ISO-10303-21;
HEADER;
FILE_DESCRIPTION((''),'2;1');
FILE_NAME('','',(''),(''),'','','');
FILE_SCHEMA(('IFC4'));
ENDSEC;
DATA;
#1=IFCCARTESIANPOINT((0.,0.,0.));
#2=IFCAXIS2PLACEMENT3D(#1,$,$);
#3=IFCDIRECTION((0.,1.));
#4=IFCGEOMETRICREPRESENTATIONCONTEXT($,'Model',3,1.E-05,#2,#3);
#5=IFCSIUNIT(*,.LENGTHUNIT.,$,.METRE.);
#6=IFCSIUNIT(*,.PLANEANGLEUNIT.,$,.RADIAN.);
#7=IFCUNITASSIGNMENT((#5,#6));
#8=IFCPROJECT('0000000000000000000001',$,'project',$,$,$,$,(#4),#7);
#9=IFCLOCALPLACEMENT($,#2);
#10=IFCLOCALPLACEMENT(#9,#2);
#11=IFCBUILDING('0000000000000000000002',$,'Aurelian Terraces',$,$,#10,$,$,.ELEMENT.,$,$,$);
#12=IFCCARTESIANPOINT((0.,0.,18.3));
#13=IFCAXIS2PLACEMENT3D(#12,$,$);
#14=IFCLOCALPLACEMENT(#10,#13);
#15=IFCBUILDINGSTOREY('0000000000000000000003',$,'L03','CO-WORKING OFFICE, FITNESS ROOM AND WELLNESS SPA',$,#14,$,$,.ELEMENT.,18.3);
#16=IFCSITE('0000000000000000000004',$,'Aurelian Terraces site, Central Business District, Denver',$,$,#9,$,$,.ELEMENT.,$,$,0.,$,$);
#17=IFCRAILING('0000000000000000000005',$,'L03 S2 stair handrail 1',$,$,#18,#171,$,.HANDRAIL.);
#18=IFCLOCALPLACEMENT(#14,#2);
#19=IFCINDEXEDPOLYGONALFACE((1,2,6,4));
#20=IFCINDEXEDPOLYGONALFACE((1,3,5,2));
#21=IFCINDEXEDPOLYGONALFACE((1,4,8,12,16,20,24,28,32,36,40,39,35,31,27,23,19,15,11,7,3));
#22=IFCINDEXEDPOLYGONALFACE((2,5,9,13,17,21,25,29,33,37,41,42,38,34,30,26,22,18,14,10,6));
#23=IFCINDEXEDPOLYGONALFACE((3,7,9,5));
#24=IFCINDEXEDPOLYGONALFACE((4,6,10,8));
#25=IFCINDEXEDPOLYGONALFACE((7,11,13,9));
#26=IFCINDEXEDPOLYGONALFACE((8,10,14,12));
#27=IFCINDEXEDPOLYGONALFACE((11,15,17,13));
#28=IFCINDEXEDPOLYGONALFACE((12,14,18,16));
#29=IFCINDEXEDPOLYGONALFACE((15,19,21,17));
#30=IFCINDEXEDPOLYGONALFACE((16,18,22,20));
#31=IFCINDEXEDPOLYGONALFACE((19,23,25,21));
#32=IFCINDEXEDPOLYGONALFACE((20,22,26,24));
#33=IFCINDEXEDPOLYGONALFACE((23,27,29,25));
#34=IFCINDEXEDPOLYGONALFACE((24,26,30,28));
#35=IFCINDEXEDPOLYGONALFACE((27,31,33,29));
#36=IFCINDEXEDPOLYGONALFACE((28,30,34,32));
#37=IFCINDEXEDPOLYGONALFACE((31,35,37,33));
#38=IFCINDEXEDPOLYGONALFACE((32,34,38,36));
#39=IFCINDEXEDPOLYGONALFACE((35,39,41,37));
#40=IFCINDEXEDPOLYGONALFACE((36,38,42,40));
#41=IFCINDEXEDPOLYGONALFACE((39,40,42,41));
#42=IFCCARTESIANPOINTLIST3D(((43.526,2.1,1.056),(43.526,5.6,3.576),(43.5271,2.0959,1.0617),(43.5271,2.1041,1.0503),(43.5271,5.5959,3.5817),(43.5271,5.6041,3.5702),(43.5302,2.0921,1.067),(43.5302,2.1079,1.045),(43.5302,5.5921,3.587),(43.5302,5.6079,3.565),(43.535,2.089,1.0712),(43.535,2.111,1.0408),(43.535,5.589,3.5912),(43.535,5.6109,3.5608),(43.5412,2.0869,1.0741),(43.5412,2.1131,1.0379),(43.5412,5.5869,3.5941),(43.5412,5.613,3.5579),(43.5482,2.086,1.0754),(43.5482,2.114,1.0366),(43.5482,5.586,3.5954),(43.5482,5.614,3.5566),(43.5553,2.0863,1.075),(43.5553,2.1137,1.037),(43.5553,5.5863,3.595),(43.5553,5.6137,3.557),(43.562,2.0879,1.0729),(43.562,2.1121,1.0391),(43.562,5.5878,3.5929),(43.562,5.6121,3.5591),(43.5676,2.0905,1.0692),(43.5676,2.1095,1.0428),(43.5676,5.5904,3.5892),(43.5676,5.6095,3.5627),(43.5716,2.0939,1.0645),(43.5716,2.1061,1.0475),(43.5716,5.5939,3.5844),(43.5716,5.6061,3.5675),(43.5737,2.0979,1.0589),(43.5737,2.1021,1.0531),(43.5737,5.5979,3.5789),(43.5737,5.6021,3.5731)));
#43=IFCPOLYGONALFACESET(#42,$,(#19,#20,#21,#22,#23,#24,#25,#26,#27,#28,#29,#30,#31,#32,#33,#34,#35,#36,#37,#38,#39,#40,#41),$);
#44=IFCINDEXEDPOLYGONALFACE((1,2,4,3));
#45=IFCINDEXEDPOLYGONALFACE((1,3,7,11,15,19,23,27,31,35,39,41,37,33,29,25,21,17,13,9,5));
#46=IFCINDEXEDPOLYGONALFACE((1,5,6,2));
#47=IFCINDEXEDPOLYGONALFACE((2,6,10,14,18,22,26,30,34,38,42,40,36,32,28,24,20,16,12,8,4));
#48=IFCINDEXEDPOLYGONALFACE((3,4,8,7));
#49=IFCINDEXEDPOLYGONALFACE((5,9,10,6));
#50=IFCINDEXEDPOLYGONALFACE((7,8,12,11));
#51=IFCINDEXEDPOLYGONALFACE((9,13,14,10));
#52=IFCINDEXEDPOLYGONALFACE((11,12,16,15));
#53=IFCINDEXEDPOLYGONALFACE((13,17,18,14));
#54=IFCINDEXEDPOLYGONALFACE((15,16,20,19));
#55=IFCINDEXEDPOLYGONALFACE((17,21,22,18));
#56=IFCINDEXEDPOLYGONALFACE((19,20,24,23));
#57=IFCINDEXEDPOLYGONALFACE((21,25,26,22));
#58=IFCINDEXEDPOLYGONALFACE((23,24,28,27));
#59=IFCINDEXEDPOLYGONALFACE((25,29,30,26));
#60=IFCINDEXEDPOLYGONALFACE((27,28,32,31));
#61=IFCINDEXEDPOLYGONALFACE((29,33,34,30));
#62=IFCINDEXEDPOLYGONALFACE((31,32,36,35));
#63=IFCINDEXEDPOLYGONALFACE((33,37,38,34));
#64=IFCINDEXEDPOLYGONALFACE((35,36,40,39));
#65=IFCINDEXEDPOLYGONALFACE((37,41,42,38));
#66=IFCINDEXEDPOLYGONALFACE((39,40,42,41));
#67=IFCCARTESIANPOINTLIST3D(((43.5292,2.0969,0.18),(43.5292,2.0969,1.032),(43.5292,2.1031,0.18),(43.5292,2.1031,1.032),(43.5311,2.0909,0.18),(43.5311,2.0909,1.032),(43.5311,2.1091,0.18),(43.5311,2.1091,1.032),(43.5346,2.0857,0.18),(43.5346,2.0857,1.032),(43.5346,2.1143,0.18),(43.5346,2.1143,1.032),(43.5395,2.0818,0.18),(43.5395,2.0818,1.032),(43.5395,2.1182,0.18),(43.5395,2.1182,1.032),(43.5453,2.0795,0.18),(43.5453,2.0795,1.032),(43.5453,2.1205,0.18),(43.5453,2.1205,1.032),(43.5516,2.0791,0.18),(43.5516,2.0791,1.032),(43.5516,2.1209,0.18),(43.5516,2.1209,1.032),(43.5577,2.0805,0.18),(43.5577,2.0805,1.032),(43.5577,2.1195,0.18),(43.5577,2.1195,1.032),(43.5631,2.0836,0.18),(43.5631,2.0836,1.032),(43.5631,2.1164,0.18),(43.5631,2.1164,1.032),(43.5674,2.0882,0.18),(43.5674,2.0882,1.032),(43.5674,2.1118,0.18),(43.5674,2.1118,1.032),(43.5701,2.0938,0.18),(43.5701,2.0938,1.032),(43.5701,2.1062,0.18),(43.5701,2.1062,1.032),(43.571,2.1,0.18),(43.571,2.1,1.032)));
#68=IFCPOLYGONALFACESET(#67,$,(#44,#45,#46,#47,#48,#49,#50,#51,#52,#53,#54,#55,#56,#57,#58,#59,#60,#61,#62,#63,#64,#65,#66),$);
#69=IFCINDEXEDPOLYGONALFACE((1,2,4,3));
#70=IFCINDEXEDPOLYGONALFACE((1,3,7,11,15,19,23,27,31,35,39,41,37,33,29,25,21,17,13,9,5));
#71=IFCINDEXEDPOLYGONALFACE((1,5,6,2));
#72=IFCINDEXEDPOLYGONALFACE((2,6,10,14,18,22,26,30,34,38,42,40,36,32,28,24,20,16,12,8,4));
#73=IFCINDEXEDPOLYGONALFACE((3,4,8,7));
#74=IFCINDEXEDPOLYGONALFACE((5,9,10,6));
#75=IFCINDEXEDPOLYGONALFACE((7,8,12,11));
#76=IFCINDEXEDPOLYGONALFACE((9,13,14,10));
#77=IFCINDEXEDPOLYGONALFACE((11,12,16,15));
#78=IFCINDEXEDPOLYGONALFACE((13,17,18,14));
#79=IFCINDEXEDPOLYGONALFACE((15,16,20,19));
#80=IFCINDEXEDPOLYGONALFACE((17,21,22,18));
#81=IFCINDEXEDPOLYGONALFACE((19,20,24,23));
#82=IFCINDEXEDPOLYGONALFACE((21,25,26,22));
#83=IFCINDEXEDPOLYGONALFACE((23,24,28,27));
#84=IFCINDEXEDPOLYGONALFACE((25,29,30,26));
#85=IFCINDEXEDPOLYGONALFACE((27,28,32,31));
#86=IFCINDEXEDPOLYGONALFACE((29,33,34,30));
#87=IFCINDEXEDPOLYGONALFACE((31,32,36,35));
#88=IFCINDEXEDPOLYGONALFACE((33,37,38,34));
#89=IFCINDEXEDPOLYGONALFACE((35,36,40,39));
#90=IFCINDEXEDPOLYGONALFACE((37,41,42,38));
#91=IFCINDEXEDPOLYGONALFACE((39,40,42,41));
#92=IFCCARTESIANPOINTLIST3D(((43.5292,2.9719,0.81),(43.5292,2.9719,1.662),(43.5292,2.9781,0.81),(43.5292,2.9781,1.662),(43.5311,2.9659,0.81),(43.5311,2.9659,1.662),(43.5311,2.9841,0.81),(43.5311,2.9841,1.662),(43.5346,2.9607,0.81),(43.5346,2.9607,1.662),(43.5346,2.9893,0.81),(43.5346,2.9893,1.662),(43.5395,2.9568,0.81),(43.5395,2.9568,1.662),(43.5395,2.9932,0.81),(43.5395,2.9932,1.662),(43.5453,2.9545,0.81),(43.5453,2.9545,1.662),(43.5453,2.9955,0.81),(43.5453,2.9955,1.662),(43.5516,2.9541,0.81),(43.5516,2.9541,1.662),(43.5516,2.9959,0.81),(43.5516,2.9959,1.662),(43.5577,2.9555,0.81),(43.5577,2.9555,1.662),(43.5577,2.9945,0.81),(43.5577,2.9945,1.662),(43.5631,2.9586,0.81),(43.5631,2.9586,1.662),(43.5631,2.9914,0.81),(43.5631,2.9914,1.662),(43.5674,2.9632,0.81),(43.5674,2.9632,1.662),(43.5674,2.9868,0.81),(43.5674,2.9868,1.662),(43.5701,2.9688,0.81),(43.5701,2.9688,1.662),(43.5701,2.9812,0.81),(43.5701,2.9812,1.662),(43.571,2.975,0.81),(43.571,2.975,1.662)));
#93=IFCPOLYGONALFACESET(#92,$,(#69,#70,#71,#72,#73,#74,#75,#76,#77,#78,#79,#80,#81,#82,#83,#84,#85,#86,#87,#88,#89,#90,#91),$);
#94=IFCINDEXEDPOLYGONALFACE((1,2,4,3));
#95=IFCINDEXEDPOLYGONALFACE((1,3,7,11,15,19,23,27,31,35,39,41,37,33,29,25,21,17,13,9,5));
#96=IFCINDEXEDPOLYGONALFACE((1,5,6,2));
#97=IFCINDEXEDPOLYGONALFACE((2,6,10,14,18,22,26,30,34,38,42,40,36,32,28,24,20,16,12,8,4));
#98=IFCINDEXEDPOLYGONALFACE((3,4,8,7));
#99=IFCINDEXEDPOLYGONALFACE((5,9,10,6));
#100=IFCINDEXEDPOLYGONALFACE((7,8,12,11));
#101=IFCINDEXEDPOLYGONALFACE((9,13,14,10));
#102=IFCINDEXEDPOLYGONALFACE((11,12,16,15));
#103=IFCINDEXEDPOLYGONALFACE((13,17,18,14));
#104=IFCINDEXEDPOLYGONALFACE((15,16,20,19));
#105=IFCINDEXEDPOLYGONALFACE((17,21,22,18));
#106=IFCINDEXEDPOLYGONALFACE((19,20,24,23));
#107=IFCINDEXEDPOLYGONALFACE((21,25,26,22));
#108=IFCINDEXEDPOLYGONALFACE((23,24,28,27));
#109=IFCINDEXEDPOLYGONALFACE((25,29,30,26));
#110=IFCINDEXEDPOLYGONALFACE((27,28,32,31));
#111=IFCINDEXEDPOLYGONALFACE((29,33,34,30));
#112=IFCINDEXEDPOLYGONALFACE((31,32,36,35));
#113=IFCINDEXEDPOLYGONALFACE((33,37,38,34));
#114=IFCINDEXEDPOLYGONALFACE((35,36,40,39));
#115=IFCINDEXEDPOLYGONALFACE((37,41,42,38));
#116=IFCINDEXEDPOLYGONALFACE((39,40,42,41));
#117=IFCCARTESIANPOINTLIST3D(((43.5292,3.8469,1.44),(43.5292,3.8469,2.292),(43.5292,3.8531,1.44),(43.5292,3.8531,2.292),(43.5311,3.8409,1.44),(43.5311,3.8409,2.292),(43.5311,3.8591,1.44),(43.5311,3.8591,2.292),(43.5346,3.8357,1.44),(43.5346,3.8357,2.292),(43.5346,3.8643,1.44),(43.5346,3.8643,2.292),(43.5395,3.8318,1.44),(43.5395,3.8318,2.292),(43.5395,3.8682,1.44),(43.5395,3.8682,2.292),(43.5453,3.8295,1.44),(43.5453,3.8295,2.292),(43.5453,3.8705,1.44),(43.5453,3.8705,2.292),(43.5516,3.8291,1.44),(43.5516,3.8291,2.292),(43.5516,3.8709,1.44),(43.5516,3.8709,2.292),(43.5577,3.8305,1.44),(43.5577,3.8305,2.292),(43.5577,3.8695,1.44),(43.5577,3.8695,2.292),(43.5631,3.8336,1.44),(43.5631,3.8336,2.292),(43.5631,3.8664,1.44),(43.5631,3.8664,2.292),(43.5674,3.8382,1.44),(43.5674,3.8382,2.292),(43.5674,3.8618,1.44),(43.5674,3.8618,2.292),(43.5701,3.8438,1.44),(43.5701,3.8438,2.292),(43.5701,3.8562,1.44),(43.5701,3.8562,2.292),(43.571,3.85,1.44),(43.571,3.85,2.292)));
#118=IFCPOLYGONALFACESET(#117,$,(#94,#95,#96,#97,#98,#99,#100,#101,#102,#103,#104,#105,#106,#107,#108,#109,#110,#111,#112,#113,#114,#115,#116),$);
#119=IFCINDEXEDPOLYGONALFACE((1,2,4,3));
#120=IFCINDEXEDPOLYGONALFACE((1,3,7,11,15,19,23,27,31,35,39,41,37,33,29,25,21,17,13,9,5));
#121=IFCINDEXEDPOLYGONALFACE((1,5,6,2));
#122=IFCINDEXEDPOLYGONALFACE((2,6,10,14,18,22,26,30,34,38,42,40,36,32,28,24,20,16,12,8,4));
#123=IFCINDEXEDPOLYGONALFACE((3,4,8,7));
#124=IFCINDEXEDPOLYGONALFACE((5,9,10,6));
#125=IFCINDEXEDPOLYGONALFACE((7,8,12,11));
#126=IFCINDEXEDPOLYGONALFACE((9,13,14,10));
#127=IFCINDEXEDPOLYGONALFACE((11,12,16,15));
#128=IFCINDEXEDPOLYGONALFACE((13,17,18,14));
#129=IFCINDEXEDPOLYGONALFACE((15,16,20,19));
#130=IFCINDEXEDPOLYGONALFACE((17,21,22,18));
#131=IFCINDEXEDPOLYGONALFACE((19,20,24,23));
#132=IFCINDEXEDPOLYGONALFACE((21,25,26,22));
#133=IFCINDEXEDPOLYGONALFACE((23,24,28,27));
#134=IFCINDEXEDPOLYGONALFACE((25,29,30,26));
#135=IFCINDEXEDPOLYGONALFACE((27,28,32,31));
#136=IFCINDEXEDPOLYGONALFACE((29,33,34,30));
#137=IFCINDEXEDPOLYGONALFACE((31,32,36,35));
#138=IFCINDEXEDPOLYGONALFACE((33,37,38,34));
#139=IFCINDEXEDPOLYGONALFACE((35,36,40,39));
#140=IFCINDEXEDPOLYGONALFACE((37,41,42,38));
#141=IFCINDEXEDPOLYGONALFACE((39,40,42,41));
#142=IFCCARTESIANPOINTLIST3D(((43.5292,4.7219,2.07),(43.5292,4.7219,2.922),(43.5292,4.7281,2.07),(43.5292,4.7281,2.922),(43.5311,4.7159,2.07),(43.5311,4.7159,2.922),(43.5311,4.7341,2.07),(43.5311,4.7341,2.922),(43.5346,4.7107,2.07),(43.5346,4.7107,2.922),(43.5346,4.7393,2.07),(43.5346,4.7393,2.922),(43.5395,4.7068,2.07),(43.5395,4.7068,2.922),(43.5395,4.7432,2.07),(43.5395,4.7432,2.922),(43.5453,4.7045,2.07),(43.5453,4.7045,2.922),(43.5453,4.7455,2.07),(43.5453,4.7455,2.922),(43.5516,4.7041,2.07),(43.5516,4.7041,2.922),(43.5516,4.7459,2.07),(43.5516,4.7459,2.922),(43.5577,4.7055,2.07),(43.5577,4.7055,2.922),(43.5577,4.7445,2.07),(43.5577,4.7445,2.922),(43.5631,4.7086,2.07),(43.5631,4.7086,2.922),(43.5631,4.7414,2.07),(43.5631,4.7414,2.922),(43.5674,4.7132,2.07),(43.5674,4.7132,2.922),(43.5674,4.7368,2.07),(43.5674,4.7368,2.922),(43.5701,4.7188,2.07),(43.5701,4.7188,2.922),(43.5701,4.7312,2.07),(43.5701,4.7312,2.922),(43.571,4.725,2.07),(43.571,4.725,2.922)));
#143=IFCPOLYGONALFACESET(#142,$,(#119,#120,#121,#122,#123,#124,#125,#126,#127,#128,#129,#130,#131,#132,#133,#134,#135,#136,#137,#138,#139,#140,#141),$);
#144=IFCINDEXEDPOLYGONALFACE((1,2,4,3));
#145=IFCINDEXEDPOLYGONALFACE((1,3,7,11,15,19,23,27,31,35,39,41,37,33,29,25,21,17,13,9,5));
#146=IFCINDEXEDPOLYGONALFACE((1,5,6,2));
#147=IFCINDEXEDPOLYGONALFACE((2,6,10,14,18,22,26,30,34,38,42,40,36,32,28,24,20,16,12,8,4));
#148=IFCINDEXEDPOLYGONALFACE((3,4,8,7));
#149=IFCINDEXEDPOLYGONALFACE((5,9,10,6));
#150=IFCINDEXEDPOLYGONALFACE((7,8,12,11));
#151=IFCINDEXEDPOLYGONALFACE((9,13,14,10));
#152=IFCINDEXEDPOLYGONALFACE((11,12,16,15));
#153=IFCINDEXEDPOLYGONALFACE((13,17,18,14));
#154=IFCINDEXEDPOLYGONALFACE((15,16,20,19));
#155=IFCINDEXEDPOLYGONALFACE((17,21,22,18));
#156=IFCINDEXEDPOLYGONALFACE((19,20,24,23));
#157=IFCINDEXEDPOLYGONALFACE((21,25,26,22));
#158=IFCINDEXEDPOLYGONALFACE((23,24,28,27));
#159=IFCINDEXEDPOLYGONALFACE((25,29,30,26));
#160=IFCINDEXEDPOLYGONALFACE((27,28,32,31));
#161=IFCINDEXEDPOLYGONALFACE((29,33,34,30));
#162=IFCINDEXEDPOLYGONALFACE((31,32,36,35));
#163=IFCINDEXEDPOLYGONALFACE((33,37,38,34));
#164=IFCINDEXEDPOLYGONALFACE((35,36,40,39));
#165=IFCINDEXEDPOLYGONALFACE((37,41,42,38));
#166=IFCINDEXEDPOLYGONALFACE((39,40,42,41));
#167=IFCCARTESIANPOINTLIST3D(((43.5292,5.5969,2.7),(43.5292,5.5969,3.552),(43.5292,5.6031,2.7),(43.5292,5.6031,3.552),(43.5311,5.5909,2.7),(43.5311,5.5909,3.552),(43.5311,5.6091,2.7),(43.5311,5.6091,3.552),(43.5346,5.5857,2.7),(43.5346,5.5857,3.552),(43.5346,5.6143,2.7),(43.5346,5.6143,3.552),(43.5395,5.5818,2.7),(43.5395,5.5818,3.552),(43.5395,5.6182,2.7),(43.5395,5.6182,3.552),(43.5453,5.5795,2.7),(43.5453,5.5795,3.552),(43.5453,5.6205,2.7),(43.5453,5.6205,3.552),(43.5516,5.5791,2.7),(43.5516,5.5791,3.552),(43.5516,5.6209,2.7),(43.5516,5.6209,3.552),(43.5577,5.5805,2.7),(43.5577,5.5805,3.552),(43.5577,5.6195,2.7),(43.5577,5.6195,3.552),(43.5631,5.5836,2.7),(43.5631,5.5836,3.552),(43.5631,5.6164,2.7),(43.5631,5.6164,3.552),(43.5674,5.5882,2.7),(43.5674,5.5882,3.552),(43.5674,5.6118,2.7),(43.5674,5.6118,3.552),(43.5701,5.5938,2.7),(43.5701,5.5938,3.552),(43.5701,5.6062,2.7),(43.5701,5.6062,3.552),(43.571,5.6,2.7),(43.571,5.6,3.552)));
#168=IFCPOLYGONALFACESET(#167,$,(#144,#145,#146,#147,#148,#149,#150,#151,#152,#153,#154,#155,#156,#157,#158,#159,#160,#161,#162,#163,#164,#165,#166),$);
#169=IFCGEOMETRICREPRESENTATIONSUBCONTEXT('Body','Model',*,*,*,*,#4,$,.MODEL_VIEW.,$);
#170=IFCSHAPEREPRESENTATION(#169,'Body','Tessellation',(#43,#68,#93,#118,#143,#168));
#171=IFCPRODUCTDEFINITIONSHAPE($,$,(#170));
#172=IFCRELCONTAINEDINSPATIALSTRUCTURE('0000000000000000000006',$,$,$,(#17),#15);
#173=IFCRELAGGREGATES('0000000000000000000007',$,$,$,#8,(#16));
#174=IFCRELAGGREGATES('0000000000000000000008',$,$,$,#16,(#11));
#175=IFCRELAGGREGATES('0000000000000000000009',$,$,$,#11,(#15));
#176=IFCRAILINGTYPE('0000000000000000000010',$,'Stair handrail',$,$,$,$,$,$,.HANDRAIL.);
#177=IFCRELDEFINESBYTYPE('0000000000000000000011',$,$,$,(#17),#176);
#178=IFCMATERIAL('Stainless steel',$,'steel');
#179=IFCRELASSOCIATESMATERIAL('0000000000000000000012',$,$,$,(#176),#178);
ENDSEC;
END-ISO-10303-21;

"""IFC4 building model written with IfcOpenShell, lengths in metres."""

from ifc_helpers import new_model, si_unit, direction, frame, origin, origin_2d, place, context, subcontext, project, spatial, circle, extrude, source, transform, mapped, material, type_object, element, save


model = new_model("IFC4")

# Units and contexts
model_context = context("Model", 3, precision=1e-05, world=origin(), true_north=direction((0.0, 1.0)))
body_context = subcontext(model_context, "Body", "Model", "MODEL_VIEW")
ifc_project = project(units=[si_unit("LENGTHUNIT", "METRE"), si_unit("PLANEANGLEUNIT", "RADIAN")], contexts=[model_context])

# Site, building, storey
site_placement = place(None, origin())
site = spatial("IfcSite", under=ifc_project, at=site_placement, Name="Aurelian Terraces site, Central Business District, Denver", CompositionType="ELEMENT", RefElevation=0.0)
building_placement = place(site_placement, origin())
building = spatial("IfcBuilding", under=site, at=building_placement, Name="Aurelian Terraces", CompositionType="ELEMENT")
storey_placement = place(building_placement, frame((0.0, 0.0, 18.3)))
storey = spatial("IfcBuildingStorey", under=building, at=storey_placement, Name="L03", Description="CO-WORKING OFFICE, FITNESS ROOM AND WELLNESS SPA", CompositionType="ELEMENT", Elevation=18.3)

# Railing
ifc_material_1 = material(Name="Stainless steel", Category="steel")
railing_type_1 = type_object("IfcRailingType", Name="Stair handrail", PredefinedType="HANDRAIL", material=ifc_material_1)
shared_shape_1 = source(origin(), body_context, "Body", "SweptSolid", [
    extrude(circle(Radius=0.024, at=origin_2d()), frame((0.0, 0.0, 0.876), z_axis=(0.0, 0.811534, 0.584305), x_axis=(-1.0, 0.0, 0.0)), (0.0, 0.0, 1.0), 4.3128),
    extrude(circle(Radius=0.021, at=origin_2d()), origin(), (0.0, 0.0, 1.0), 0.852),
    extrude(circle(Radius=0.021, at=origin_2d()), frame((0.0, 0.875, 0.63)), (0.0, 0.0, 1.0), 0.852),
    extrude(circle(Radius=0.021, at=origin_2d()), frame((0.0, 1.75, 1.26)), (0.0, 0.0, 1.0), 0.852),
    extrude(circle(Radius=0.021, at=origin_2d()), frame((0.0, 2.625, 1.89)), (0.0, 0.0, 1.0), 0.852),
    extrude(circle(Radius=0.021, at=origin_2d()), frame((0.0, 3.5, 2.52)), (0.0, 0.0, 1.0), 0.852),
])
railing_1_placement = place(storey_placement, frame((43.55, 2.1, 0.18)))
element("IfcRailing", 1, at=railing_1_placement, inside=storey, type_object=railing_type_1, Name="L03 S2 stair handrail 1", PredefinedType="HANDRAIL", context=body_context, shape_type="MappedRepresentation", body=[
    mapped(shared_shape_1, transform((0.0, 0.0, 0.0), scale=1.0)),
])

save(model, "model.ifc")
